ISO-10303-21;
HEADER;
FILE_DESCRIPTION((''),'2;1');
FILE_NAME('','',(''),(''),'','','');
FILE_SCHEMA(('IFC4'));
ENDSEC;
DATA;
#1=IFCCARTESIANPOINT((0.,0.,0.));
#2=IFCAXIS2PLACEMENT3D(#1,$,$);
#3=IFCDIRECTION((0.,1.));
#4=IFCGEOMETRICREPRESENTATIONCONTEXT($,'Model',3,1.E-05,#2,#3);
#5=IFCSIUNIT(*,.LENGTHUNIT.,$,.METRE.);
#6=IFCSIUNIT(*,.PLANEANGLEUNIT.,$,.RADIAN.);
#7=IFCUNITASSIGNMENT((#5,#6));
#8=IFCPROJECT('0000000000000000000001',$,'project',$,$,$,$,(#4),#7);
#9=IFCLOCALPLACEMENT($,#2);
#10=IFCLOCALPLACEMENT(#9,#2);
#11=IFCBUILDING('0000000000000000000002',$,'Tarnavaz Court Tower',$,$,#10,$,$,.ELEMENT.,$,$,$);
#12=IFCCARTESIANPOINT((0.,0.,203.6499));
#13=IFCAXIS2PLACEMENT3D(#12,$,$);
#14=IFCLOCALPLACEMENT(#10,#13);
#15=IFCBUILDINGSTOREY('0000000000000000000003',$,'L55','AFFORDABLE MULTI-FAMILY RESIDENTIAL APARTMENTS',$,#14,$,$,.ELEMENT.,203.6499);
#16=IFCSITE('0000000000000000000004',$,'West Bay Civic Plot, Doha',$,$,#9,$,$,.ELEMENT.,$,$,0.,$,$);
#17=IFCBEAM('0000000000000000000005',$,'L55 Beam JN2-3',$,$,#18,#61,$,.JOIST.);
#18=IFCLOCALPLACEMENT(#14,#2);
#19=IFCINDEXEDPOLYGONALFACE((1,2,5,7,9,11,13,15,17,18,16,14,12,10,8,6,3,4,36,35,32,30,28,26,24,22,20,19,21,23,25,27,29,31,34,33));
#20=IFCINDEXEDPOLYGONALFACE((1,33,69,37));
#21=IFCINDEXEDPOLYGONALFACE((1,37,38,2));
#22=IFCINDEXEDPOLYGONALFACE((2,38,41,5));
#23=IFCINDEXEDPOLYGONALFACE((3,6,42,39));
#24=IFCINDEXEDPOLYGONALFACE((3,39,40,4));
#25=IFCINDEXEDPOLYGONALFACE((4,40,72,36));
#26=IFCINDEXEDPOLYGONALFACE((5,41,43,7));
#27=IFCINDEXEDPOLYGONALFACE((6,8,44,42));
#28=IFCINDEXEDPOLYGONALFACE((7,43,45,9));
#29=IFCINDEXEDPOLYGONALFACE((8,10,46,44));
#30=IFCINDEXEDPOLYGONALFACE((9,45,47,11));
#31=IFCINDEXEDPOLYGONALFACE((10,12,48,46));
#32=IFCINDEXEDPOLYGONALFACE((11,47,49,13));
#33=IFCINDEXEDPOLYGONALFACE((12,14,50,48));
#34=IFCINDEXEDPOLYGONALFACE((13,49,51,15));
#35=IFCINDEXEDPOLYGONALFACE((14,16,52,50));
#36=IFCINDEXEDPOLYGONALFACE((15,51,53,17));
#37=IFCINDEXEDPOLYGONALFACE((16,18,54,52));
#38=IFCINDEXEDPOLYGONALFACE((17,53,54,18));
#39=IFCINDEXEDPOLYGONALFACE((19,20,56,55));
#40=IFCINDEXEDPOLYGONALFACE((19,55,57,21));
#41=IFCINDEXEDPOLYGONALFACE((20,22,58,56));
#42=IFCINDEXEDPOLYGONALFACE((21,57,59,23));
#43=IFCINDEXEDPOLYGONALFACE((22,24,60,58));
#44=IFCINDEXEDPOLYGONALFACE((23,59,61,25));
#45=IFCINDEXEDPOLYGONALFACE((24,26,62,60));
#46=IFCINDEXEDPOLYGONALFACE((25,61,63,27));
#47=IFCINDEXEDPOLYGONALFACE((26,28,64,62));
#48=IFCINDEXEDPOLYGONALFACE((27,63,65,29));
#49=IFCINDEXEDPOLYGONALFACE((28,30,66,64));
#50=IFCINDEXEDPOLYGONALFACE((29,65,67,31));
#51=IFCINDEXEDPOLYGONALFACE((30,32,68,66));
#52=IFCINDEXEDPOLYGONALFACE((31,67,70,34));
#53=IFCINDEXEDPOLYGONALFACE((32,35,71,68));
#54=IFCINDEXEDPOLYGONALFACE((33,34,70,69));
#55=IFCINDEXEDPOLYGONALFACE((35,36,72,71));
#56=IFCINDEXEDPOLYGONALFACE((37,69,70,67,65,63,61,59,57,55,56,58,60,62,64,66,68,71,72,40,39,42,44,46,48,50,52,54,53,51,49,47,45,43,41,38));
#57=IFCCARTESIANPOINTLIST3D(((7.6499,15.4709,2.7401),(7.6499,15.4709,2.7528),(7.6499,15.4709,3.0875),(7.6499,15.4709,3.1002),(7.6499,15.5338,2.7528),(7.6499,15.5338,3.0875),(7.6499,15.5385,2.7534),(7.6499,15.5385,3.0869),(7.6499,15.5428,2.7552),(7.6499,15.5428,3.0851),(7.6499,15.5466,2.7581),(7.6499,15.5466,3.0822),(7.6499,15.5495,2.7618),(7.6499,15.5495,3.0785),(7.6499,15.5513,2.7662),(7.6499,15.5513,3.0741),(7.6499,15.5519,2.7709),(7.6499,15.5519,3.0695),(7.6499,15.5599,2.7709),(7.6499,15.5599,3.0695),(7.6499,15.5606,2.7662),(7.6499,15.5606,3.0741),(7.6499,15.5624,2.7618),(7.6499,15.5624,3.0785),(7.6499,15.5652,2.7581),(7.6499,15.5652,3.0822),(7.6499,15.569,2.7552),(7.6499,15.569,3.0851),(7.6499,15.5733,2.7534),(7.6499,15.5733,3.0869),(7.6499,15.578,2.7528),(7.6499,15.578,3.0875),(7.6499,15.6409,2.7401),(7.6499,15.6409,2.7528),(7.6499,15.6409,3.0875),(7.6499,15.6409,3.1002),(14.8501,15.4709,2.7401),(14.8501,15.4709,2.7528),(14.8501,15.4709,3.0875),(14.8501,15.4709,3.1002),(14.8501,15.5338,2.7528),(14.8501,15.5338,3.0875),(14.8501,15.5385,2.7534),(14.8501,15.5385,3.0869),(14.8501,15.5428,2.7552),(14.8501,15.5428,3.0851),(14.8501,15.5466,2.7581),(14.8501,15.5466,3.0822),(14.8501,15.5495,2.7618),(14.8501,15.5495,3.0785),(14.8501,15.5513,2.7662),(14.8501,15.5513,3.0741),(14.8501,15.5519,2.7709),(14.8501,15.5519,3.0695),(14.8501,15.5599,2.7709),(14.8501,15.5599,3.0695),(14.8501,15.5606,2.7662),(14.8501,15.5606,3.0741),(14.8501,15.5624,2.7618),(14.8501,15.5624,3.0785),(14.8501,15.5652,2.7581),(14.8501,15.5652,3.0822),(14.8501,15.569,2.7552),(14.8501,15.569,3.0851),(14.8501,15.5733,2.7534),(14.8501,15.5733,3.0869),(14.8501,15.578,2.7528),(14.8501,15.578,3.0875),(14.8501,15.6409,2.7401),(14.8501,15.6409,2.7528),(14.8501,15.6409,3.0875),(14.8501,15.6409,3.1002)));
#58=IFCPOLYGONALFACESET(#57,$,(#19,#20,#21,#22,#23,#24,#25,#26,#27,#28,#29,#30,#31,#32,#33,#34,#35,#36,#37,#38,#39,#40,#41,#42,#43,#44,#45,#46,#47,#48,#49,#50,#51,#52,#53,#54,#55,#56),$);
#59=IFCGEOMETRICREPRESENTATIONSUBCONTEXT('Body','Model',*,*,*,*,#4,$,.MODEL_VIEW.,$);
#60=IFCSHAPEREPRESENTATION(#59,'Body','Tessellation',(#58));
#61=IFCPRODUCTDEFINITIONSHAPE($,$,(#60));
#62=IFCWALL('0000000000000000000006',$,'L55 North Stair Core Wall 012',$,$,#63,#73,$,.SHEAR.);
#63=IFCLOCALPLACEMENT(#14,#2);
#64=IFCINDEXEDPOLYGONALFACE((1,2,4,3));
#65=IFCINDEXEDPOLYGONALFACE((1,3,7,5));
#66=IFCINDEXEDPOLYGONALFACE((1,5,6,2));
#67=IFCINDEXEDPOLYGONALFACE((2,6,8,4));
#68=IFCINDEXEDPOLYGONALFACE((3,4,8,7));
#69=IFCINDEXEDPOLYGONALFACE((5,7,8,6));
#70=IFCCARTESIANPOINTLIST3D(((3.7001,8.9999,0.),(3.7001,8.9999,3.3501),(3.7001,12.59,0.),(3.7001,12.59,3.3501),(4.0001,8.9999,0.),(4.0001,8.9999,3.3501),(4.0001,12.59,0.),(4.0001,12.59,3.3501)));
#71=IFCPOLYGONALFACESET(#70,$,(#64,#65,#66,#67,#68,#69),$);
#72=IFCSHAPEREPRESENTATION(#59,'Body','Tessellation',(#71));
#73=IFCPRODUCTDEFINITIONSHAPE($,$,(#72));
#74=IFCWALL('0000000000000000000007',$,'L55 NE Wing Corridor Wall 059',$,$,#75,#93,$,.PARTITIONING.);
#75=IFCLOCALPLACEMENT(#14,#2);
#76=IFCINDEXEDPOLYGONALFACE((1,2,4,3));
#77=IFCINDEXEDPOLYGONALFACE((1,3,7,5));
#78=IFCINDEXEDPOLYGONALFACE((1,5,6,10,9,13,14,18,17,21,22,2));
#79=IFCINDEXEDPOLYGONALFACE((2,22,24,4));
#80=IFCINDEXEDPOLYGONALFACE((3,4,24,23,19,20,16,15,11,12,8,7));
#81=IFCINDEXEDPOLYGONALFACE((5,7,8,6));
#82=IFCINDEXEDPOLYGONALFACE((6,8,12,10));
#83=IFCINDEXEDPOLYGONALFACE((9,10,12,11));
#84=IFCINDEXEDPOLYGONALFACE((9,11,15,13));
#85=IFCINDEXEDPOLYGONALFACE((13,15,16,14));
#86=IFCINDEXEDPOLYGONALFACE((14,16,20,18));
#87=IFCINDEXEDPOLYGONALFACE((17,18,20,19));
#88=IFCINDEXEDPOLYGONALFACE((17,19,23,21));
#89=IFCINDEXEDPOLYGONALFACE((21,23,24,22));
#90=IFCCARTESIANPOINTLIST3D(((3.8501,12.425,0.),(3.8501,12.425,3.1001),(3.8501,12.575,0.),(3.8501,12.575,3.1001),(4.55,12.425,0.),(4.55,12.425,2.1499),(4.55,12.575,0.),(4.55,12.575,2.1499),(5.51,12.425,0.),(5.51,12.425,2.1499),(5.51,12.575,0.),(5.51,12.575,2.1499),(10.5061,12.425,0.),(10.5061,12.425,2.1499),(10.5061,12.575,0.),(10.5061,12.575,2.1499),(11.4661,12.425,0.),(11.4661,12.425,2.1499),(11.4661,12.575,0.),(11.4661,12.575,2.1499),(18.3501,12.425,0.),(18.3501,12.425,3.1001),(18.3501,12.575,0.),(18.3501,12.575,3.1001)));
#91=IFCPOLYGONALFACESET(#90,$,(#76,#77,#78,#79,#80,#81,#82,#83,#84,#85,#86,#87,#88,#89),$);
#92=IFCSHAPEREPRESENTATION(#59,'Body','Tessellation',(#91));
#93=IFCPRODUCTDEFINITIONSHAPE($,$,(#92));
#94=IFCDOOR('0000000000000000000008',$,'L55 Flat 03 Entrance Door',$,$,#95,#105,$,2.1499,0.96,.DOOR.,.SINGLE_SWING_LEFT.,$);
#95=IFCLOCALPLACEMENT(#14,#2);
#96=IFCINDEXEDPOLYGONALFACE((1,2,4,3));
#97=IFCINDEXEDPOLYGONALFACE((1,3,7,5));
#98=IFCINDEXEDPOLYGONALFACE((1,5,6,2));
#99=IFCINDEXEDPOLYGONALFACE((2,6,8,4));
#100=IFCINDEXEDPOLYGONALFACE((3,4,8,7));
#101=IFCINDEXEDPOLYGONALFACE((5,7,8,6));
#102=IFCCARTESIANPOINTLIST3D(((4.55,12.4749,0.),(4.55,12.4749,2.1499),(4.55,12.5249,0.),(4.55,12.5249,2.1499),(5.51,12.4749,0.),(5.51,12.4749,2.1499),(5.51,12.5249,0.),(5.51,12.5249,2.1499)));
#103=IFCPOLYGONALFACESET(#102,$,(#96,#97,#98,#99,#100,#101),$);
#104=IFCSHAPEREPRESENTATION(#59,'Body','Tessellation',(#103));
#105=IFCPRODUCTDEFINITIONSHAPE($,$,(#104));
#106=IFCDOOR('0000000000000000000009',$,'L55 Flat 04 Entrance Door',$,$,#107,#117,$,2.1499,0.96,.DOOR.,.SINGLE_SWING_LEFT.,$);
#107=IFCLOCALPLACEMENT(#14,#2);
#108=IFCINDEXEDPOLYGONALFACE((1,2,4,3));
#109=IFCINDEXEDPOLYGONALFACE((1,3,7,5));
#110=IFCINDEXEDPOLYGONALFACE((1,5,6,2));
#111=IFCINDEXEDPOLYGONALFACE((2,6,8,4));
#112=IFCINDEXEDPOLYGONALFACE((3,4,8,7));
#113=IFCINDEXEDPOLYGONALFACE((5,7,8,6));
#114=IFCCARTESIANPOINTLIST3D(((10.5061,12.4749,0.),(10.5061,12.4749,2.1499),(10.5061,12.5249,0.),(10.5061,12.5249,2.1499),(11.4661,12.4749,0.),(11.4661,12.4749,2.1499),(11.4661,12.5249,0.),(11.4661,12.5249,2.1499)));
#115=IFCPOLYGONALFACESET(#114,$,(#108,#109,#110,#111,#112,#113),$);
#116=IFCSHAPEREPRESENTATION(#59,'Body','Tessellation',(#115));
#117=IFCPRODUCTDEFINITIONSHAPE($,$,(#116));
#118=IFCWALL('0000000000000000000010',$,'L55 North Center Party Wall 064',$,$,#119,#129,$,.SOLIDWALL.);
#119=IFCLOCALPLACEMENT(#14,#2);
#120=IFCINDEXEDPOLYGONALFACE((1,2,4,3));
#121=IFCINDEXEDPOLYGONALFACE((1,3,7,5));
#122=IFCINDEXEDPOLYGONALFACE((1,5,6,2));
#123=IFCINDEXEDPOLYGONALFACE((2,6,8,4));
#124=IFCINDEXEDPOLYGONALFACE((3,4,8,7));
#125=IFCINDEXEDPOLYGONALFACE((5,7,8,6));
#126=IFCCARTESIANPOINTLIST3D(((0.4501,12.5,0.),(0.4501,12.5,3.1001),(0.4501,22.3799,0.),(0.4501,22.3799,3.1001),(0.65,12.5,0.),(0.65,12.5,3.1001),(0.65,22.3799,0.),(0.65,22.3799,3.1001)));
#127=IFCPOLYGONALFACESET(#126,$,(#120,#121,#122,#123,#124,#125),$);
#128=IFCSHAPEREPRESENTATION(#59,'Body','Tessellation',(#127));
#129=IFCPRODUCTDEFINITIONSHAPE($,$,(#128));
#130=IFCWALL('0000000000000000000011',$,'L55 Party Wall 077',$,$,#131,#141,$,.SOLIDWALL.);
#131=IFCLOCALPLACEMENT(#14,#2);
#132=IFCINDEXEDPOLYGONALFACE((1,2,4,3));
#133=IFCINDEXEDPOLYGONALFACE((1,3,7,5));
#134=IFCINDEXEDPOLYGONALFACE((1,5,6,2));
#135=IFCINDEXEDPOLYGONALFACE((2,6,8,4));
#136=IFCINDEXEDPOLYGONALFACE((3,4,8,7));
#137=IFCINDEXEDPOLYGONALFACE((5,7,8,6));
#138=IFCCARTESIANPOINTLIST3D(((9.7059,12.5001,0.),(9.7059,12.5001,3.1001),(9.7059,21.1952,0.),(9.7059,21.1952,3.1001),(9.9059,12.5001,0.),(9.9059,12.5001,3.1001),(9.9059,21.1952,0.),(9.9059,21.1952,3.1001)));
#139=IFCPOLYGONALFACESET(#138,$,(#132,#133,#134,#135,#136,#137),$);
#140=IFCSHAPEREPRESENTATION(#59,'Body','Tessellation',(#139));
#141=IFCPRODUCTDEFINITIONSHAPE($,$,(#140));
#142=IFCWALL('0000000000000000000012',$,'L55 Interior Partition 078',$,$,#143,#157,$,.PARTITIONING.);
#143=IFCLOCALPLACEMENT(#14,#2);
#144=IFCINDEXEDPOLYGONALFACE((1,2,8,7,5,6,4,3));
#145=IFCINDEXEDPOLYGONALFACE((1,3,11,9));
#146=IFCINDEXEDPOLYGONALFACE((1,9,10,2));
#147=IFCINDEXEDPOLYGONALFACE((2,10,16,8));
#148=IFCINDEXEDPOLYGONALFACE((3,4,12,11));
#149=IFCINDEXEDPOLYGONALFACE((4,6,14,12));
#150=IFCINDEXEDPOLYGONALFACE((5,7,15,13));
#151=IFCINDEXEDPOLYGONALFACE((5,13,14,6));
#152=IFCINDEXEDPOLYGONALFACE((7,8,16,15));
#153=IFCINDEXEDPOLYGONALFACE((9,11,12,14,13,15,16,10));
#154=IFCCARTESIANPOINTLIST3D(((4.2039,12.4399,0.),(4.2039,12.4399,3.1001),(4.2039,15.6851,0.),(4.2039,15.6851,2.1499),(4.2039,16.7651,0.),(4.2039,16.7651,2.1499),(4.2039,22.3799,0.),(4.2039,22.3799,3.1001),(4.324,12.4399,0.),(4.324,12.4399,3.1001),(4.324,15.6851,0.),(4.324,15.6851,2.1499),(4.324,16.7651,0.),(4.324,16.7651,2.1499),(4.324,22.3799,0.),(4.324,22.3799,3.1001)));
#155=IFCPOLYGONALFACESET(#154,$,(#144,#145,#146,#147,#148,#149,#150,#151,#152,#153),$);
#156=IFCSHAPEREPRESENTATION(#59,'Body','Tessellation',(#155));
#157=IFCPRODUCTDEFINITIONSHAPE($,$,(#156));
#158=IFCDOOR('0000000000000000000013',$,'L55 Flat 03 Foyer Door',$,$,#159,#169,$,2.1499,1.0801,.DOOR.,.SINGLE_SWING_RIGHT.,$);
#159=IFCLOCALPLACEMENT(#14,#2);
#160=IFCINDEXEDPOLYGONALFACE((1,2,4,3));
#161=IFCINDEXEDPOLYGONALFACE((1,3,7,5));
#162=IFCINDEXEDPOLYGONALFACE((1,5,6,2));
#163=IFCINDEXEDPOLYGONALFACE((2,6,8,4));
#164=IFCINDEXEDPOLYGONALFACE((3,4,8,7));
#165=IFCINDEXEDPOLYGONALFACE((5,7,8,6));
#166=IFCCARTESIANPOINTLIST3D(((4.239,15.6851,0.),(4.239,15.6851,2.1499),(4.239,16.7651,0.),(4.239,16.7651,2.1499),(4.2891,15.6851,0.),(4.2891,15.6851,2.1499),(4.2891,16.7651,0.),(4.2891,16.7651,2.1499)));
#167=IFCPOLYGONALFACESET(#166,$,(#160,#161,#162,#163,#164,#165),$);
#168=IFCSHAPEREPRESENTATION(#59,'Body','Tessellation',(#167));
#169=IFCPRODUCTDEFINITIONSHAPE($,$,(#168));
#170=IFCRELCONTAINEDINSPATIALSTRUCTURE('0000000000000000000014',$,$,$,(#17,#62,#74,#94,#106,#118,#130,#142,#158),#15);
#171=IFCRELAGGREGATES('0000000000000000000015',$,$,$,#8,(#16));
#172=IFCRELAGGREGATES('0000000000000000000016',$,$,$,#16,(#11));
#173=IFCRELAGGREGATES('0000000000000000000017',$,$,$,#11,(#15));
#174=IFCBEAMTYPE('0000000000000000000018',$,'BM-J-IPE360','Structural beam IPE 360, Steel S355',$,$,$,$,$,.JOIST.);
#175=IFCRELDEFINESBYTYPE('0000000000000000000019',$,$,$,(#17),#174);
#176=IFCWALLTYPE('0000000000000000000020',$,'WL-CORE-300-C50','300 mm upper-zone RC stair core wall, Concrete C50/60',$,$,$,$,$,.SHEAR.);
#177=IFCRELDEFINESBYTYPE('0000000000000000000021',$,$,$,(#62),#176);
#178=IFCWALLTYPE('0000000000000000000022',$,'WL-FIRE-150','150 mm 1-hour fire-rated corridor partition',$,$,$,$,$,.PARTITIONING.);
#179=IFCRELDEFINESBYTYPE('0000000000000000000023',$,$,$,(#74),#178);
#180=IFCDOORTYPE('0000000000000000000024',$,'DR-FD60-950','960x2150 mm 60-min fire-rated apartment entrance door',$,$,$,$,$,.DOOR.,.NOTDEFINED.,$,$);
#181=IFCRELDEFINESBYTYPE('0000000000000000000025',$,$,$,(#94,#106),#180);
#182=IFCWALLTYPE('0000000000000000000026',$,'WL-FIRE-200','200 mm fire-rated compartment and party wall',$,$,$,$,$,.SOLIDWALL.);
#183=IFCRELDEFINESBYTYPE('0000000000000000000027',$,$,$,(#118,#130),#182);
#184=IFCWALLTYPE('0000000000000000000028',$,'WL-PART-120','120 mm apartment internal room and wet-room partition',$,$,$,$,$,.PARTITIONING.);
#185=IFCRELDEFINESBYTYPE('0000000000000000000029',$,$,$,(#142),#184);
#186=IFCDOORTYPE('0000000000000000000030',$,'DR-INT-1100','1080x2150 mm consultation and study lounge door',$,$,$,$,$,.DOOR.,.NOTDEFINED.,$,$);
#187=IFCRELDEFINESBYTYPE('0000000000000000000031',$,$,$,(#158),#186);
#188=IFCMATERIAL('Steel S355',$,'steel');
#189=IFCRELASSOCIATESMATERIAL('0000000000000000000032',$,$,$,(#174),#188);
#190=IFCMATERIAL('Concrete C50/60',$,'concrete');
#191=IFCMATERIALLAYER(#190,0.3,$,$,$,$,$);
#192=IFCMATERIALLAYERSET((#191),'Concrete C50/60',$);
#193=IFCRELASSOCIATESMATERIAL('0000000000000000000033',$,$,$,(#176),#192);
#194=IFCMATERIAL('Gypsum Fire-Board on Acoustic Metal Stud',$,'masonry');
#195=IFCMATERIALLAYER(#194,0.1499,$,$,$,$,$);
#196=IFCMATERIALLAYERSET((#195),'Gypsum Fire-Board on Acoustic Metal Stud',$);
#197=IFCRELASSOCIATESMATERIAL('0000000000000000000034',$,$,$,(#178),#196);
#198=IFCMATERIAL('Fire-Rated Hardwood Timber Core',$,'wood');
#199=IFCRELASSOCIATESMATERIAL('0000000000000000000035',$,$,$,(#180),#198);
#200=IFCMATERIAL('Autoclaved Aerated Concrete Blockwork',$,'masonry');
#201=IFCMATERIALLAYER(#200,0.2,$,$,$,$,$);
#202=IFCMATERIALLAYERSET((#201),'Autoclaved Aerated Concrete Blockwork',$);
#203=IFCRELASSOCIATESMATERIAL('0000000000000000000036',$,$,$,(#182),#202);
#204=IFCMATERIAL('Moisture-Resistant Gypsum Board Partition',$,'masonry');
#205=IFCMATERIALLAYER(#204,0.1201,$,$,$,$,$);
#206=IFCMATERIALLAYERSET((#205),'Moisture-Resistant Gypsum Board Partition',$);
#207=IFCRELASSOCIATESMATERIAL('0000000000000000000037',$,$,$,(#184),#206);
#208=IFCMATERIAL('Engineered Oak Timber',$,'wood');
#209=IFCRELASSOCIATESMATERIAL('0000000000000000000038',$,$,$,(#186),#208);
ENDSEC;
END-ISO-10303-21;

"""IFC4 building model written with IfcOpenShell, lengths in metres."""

from ifc_helpers import new_model, si_unit, direction, frame, frame_2d, origin, origin_2d, place, context, subcontext, project, spatial, rectangle, i_section, extrude, material, layer, layer_set, material_profile, profile_set, type_object, element, fill, save


model = new_model("IFC4")

# Units and contexts
model_context = context("Model", 3, precision=1e-05, world=origin(), true_north=direction((0.0, 1.0)))
body_context = subcontext(model_context, "Body", "Model", "MODEL_VIEW")
ifc_project = project(units=[si_unit("LENGTHUNIT", "METRE"), si_unit("PLANEANGLEUNIT", "RADIAN")], contexts=[model_context])

# Site, building, storey
site_placement = place(None, origin())
site = spatial("IfcSite", under=ifc_project, at=site_placement, Name="West Bay Civic Plot, Doha", CompositionType="ELEMENT", RefElevation=0.0)
building_placement = place(site_placement, origin())
building = spatial("IfcBuilding", under=site, at=building_placement, Name="Tarnavaz Court Tower", CompositionType="ELEMENT")
storey_placement = place(building_placement, frame((0.0, 0.0, 203.6499)))
storey = spatial("IfcBuildingStorey", under=building, at=storey_placement, Name="L55", Description="AFFORDABLE MULTI-FAMILY RESIDENTIAL APARTMENTS", CompositionType="ELEMENT", Elevation=203.6499)

# Shared definitions
ifc_material_1 = material(Name="Concrete C50/60", Category="concrete")

# Beam
ifc_material_2 = material(Name="Steel S355", Category="steel")
ifc_material_profile_1 = material_profile(ifc_material_2, i_section(OverallWidth=0.1699, OverallDepth=0.3601, WebThickness=0.0081, FlangeThickness=0.0127, FilletRadius=0.0181, at=origin_2d()), Name="IPE 360")
ifc_profile_set_1 = profile_set([ifc_material_profile_1], Name="Steel S355")
beam_type_1 = type_object("IfcBeamType", Name="BM-J-IPE360", Description="Structural beam IPE 360, Steel S355", PredefinedType="JOIST", material=ifc_profile_set_1)
for number, where, z_axis, x_axis, name in (
    (1, (7.6499, 15.5559, 2.9202), (1.0, 0.0, 0.0), (0.0, 1.0, 0.0), "L55 Beam JN2-3"),
):
    element("IfcBeam", number, at=place(storey_placement, frame(where, z_axis=z_axis, x_axis=x_axis)), inside=storey, type_object=beam_type_1, Name=name, PredefinedType="JOIST", context=body_context, shape_type="SweptSolid", body=[
        extrude(i_section(OverallWidth=0.1699, OverallDepth=0.3601, WebThickness=0.0081, FlangeThickness=0.0127, FilletRadius=0.0181, at=origin_2d()), origin(), (0.0, 0.0, 1.0), 7.2002),
    ])

# Wall
ifc_layer_1 = layer(ifc_material_1, 0.3)
ifc_layer_set_1 = layer_set([ifc_layer_1], Name="Concrete C50/60")
wall_type_1 = type_object("IfcWallType", Name="WL-CORE-300-C50", Description="300 mm upper-zone RC stair core wall, Concrete C50/60", PredefinedType="SHEAR", material=ifc_layer_set_1)
wall_1_placement = place(storey_placement, frame((3.8501, 9.0, 0.0), z_axis=(0.0, 0.0, 1.0), x_axis=(0.0, 1.0, 0.0)))
element("IfcWall", 2, at=wall_1_placement, inside=storey, type_object=wall_type_1, Name="L55 North Stair Core Wall 012", PredefinedType="SHEAR", context=body_context, shape_type="SweptSolid", body=[
    extrude(rectangle(XDim=3.5901, YDim=0.3, at=frame_2d((1.7949, 0.0))), origin(), (0.0, 0.0, 1.0), 3.3501),
])

# Wall, openings, doors
ifc_material_3 = material(Name="Gypsum Fire-Board on Acoustic Metal Stud", Category="masonry")
ifc_layer_2 = layer(ifc_material_3, 0.1499)
ifc_layer_set_2 = layer_set([ifc_layer_2], Name="Gypsum Fire-Board on Acoustic Metal Stud")
wall_type_2 = type_object("IfcWallType", Name="WL-FIRE-150", Description="150 mm 1-hour fire-rated corridor partition", PredefinedType="PARTITIONING", material=ifc_layer_set_2)
wall_2_placement = place(storey_placement, frame((3.8501, 12.5, 0.0), z_axis=(0.0, 0.0, 1.0), x_axis=(1.0, 0.0, 0.0)))
wall_2 = element("IfcWall", 3, at=wall_2_placement, inside=storey, type_object=wall_type_2, Name="L55 NE Wing Corridor Wall 059", PredefinedType="PARTITIONING", context=body_context, shape_type="SweptSolid", body=[
    extrude(rectangle(XDim=14.5, YDim=0.1499, at=frame_2d((7.25, 0.0))), origin(), (0.0, 0.0, 1.0), 3.1001),
])
opening_1_placement = place(wall_2_placement, frame((0.7, 0.0, 0.0)))
opening_1 = element("IfcOpeningElement", 4, at=opening_1_placement, cuts=wall_2, PredefinedType="OPENING", context=body_context, shape_type="SweptSolid", body=[
    extrude(rectangle(XDim=0.96, YDim=2.1499, at=frame_2d((0.48, 1.075))), frame((0.0, 0.085, 0.0), z_axis=(0.0, -1.0, 0.0), x_axis=(1.0, 0.0, 0.0)), (0.0, 0.0, 1.0), 0.1699),
])
opening_2_placement = place(wall_2_placement, frame((6.656, 0.0, 0.0)))
opening_2 = element("IfcOpeningElement", 5, at=opening_2_placement, cuts=wall_2, PredefinedType="OPENING", context=body_context, shape_type="SweptSolid", body=[
    extrude(rectangle(XDim=0.96, YDim=2.1499, at=frame_2d((0.48, 1.075))), frame((0.0, 0.085, 0.0), z_axis=(0.0, -1.0, 0.0), x_axis=(1.0, 0.0, 0.0)), (0.0, 0.0, 1.0), 0.1699),
])
ifc_material_4 = material(Name="Fire-Rated Hardwood Timber Core", Category="wood")
door_type_1 = type_object("IfcDoorType", Name="DR-FD60-950", Description="960x2150 mm 60-min fire-rated apartment entrance door", OperationType="NOTDEFINED", PredefinedType="DOOR", material=ifc_material_4)
door_1_placement = place(opening_1_placement, origin())
door_1 = element("IfcDoor", 6, at=door_1_placement, inside=storey, type_object=door_type_1, Name="L55 Flat 03 Entrance Door", OperationType="SINGLE_SWING_LEFT", OverallHeight=2.1499, OverallWidth=0.96, PredefinedType="DOOR", context=body_context, shape_type="SweptSolid", body=[
    extrude(rectangle(XDim=0.96, YDim=2.1499, at=frame_2d((0.48, 1.075))), frame((0.0, 0.0249, 0.0), z_axis=(0.0, -1.0, 0.0), x_axis=(1.0, 0.0, 0.0)), (0.0, 0.0, 1.0), 0.05),
])
fill(opening_1, door_1)
door_2_placement = place(opening_2_placement, origin())
door_2 = element("IfcDoor", 7, at=door_2_placement, inside=storey, type_object=door_type_1, Name="L55 Flat 04 Entrance Door", OperationType="SINGLE_SWING_LEFT", OverallHeight=2.1499, OverallWidth=0.96, PredefinedType="DOOR", context=body_context, shape_type="SweptSolid", body=[
    extrude(rectangle(XDim=0.96, YDim=2.1499, at=frame_2d((0.48, 1.075))), frame((0.0, 0.0249, 0.0), z_axis=(0.0, -1.0, 0.0), x_axis=(1.0, 0.0, 0.0)), (0.0, 0.0, 1.0), 0.05),
])
fill(opening_2, door_2)

# Walls
ifc_material_5 = material(Name="Autoclaved Aerated Concrete Blockwork", Category="masonry")
ifc_layer_3 = layer(ifc_material_5, 0.2)
ifc_layer_set_3 = layer_set([ifc_layer_3], Name="Autoclaved Aerated Concrete Blockwork")
wall_type_3 = type_object("IfcWallType", Name="WL-FIRE-200", Description="200 mm fire-rated compartment and party wall", PredefinedType="SOLIDWALL", material=ifc_layer_set_3)
wall_3_placement = place(storey_placement, frame((0.55, 12.5, 0.0), z_axis=(0.0, 0.0, 1.0), x_axis=(0.0, 1.0, 0.0)))
element("IfcWall", 8, at=wall_3_placement, inside=storey, type_object=wall_type_3, Name="L55 North Center Party Wall 064", PredefinedType="SOLIDWALL", context=body_context, shape_type="SweptSolid", body=[
    extrude(rectangle(XDim=9.8799, YDim=0.2, at=frame_2d((4.9399, 0.0))), origin(), (0.0, 0.0, 1.0), 3.1001),
])
wall_4_placement = place(storey_placement, frame((9.8059, 12.5, 0.0), z_axis=(0.0, 0.0, 1.0), x_axis=(0.0, 1.0, 0.0)))
element("IfcWall", 9, at=wall_4_placement, inside=storey, type_object=wall_type_3, Name="L55 Party Wall 077", PredefinedType="SOLIDWALL", context=body_context, shape_type="SweptSolid", body=[
    extrude(rectangle(XDim=8.6951, YDim=0.2, at=frame_2d((4.3477, 0.0))), origin(), (0.0, 0.0, 1.0), 3.1001),
])

# Wall, opening, door
ifc_material_6 = material(Name="Moisture-Resistant Gypsum Board Partition", Category="masonry")
ifc_layer_4 = layer(ifc_material_6, 0.1201)
ifc_layer_set_4 = layer_set([ifc_layer_4], Name="Moisture-Resistant Gypsum Board Partition")
wall_type_4 = type_object("IfcWallType", Name="WL-PART-120", Description="120 mm apartment internal room and wet-room partition", PredefinedType="PARTITIONING", material=ifc_layer_set_4)
wall_5_placement = place(storey_placement, frame((4.2639, 12.4399, 0.0), z_axis=(0.0, 0.0, 1.0), x_axis=(0.0, 1.0, 0.0)))
wall_5 = element("IfcWall", 10, at=wall_5_placement, inside=storey, type_object=wall_type_4, Name="L55 Interior Partition 078", PredefinedType="PARTITIONING", context=body_context, shape_type="SweptSolid", body=[
    extrude(rectangle(XDim=9.9399, YDim=0.1201, at=frame_2d((4.97, 0.0))), origin(), (0.0, 0.0, 1.0), 3.1001),
])
opening_3_placement = place(wall_5_placement, frame((3.2451, 0.0, 0.0)))
opening_3 = element("IfcOpeningElement", 11, at=opening_3_placement, cuts=wall_5, PredefinedType="OPENING", context=body_context, shape_type="SweptSolid", body=[
    extrude(rectangle(XDim=1.0801, YDim=2.1499, at=frame_2d((0.54, 1.075))), frame((0.0, 0.0701, 0.0), z_axis=(0.0, -1.0, 0.0), x_axis=(1.0, 0.0, 0.0)), (0.0, 0.0, 1.0), 0.1401),
])
ifc_material_7 = material(Name="Engineered Oak Timber", Category="wood")
door_type_2 = type_object("IfcDoorType", Name="DR-INT-1100", Description="1080x2150 mm consultation and study lounge door", OperationType="NOTDEFINED", PredefinedType="DOOR", material=ifc_material_7)
door_3_placement = place(opening_3_placement, origin())
door_3 = element("IfcDoor", 12, at=door_3_placement, inside=storey, type_object=door_type_2, Name="L55 Flat 03 Foyer Door", OperationType="SINGLE_SWING_RIGHT", OverallHeight=2.1499, OverallWidth=1.0801, PredefinedType="DOOR", context=body_context, shape_type="SweptSolid", body=[
    extrude(rectangle(XDim=1.0801, YDim=2.1499, at=frame_2d((0.54, 1.075))), frame((0.0, 0.0249, 0.0), z_axis=(0.0, -1.0, 0.0), x_axis=(1.0, 0.0, 0.0)), (0.0, 0.0, 1.0), 0.05),
])
fill(opening_3, door_3)

save(model, "model.ifc")
